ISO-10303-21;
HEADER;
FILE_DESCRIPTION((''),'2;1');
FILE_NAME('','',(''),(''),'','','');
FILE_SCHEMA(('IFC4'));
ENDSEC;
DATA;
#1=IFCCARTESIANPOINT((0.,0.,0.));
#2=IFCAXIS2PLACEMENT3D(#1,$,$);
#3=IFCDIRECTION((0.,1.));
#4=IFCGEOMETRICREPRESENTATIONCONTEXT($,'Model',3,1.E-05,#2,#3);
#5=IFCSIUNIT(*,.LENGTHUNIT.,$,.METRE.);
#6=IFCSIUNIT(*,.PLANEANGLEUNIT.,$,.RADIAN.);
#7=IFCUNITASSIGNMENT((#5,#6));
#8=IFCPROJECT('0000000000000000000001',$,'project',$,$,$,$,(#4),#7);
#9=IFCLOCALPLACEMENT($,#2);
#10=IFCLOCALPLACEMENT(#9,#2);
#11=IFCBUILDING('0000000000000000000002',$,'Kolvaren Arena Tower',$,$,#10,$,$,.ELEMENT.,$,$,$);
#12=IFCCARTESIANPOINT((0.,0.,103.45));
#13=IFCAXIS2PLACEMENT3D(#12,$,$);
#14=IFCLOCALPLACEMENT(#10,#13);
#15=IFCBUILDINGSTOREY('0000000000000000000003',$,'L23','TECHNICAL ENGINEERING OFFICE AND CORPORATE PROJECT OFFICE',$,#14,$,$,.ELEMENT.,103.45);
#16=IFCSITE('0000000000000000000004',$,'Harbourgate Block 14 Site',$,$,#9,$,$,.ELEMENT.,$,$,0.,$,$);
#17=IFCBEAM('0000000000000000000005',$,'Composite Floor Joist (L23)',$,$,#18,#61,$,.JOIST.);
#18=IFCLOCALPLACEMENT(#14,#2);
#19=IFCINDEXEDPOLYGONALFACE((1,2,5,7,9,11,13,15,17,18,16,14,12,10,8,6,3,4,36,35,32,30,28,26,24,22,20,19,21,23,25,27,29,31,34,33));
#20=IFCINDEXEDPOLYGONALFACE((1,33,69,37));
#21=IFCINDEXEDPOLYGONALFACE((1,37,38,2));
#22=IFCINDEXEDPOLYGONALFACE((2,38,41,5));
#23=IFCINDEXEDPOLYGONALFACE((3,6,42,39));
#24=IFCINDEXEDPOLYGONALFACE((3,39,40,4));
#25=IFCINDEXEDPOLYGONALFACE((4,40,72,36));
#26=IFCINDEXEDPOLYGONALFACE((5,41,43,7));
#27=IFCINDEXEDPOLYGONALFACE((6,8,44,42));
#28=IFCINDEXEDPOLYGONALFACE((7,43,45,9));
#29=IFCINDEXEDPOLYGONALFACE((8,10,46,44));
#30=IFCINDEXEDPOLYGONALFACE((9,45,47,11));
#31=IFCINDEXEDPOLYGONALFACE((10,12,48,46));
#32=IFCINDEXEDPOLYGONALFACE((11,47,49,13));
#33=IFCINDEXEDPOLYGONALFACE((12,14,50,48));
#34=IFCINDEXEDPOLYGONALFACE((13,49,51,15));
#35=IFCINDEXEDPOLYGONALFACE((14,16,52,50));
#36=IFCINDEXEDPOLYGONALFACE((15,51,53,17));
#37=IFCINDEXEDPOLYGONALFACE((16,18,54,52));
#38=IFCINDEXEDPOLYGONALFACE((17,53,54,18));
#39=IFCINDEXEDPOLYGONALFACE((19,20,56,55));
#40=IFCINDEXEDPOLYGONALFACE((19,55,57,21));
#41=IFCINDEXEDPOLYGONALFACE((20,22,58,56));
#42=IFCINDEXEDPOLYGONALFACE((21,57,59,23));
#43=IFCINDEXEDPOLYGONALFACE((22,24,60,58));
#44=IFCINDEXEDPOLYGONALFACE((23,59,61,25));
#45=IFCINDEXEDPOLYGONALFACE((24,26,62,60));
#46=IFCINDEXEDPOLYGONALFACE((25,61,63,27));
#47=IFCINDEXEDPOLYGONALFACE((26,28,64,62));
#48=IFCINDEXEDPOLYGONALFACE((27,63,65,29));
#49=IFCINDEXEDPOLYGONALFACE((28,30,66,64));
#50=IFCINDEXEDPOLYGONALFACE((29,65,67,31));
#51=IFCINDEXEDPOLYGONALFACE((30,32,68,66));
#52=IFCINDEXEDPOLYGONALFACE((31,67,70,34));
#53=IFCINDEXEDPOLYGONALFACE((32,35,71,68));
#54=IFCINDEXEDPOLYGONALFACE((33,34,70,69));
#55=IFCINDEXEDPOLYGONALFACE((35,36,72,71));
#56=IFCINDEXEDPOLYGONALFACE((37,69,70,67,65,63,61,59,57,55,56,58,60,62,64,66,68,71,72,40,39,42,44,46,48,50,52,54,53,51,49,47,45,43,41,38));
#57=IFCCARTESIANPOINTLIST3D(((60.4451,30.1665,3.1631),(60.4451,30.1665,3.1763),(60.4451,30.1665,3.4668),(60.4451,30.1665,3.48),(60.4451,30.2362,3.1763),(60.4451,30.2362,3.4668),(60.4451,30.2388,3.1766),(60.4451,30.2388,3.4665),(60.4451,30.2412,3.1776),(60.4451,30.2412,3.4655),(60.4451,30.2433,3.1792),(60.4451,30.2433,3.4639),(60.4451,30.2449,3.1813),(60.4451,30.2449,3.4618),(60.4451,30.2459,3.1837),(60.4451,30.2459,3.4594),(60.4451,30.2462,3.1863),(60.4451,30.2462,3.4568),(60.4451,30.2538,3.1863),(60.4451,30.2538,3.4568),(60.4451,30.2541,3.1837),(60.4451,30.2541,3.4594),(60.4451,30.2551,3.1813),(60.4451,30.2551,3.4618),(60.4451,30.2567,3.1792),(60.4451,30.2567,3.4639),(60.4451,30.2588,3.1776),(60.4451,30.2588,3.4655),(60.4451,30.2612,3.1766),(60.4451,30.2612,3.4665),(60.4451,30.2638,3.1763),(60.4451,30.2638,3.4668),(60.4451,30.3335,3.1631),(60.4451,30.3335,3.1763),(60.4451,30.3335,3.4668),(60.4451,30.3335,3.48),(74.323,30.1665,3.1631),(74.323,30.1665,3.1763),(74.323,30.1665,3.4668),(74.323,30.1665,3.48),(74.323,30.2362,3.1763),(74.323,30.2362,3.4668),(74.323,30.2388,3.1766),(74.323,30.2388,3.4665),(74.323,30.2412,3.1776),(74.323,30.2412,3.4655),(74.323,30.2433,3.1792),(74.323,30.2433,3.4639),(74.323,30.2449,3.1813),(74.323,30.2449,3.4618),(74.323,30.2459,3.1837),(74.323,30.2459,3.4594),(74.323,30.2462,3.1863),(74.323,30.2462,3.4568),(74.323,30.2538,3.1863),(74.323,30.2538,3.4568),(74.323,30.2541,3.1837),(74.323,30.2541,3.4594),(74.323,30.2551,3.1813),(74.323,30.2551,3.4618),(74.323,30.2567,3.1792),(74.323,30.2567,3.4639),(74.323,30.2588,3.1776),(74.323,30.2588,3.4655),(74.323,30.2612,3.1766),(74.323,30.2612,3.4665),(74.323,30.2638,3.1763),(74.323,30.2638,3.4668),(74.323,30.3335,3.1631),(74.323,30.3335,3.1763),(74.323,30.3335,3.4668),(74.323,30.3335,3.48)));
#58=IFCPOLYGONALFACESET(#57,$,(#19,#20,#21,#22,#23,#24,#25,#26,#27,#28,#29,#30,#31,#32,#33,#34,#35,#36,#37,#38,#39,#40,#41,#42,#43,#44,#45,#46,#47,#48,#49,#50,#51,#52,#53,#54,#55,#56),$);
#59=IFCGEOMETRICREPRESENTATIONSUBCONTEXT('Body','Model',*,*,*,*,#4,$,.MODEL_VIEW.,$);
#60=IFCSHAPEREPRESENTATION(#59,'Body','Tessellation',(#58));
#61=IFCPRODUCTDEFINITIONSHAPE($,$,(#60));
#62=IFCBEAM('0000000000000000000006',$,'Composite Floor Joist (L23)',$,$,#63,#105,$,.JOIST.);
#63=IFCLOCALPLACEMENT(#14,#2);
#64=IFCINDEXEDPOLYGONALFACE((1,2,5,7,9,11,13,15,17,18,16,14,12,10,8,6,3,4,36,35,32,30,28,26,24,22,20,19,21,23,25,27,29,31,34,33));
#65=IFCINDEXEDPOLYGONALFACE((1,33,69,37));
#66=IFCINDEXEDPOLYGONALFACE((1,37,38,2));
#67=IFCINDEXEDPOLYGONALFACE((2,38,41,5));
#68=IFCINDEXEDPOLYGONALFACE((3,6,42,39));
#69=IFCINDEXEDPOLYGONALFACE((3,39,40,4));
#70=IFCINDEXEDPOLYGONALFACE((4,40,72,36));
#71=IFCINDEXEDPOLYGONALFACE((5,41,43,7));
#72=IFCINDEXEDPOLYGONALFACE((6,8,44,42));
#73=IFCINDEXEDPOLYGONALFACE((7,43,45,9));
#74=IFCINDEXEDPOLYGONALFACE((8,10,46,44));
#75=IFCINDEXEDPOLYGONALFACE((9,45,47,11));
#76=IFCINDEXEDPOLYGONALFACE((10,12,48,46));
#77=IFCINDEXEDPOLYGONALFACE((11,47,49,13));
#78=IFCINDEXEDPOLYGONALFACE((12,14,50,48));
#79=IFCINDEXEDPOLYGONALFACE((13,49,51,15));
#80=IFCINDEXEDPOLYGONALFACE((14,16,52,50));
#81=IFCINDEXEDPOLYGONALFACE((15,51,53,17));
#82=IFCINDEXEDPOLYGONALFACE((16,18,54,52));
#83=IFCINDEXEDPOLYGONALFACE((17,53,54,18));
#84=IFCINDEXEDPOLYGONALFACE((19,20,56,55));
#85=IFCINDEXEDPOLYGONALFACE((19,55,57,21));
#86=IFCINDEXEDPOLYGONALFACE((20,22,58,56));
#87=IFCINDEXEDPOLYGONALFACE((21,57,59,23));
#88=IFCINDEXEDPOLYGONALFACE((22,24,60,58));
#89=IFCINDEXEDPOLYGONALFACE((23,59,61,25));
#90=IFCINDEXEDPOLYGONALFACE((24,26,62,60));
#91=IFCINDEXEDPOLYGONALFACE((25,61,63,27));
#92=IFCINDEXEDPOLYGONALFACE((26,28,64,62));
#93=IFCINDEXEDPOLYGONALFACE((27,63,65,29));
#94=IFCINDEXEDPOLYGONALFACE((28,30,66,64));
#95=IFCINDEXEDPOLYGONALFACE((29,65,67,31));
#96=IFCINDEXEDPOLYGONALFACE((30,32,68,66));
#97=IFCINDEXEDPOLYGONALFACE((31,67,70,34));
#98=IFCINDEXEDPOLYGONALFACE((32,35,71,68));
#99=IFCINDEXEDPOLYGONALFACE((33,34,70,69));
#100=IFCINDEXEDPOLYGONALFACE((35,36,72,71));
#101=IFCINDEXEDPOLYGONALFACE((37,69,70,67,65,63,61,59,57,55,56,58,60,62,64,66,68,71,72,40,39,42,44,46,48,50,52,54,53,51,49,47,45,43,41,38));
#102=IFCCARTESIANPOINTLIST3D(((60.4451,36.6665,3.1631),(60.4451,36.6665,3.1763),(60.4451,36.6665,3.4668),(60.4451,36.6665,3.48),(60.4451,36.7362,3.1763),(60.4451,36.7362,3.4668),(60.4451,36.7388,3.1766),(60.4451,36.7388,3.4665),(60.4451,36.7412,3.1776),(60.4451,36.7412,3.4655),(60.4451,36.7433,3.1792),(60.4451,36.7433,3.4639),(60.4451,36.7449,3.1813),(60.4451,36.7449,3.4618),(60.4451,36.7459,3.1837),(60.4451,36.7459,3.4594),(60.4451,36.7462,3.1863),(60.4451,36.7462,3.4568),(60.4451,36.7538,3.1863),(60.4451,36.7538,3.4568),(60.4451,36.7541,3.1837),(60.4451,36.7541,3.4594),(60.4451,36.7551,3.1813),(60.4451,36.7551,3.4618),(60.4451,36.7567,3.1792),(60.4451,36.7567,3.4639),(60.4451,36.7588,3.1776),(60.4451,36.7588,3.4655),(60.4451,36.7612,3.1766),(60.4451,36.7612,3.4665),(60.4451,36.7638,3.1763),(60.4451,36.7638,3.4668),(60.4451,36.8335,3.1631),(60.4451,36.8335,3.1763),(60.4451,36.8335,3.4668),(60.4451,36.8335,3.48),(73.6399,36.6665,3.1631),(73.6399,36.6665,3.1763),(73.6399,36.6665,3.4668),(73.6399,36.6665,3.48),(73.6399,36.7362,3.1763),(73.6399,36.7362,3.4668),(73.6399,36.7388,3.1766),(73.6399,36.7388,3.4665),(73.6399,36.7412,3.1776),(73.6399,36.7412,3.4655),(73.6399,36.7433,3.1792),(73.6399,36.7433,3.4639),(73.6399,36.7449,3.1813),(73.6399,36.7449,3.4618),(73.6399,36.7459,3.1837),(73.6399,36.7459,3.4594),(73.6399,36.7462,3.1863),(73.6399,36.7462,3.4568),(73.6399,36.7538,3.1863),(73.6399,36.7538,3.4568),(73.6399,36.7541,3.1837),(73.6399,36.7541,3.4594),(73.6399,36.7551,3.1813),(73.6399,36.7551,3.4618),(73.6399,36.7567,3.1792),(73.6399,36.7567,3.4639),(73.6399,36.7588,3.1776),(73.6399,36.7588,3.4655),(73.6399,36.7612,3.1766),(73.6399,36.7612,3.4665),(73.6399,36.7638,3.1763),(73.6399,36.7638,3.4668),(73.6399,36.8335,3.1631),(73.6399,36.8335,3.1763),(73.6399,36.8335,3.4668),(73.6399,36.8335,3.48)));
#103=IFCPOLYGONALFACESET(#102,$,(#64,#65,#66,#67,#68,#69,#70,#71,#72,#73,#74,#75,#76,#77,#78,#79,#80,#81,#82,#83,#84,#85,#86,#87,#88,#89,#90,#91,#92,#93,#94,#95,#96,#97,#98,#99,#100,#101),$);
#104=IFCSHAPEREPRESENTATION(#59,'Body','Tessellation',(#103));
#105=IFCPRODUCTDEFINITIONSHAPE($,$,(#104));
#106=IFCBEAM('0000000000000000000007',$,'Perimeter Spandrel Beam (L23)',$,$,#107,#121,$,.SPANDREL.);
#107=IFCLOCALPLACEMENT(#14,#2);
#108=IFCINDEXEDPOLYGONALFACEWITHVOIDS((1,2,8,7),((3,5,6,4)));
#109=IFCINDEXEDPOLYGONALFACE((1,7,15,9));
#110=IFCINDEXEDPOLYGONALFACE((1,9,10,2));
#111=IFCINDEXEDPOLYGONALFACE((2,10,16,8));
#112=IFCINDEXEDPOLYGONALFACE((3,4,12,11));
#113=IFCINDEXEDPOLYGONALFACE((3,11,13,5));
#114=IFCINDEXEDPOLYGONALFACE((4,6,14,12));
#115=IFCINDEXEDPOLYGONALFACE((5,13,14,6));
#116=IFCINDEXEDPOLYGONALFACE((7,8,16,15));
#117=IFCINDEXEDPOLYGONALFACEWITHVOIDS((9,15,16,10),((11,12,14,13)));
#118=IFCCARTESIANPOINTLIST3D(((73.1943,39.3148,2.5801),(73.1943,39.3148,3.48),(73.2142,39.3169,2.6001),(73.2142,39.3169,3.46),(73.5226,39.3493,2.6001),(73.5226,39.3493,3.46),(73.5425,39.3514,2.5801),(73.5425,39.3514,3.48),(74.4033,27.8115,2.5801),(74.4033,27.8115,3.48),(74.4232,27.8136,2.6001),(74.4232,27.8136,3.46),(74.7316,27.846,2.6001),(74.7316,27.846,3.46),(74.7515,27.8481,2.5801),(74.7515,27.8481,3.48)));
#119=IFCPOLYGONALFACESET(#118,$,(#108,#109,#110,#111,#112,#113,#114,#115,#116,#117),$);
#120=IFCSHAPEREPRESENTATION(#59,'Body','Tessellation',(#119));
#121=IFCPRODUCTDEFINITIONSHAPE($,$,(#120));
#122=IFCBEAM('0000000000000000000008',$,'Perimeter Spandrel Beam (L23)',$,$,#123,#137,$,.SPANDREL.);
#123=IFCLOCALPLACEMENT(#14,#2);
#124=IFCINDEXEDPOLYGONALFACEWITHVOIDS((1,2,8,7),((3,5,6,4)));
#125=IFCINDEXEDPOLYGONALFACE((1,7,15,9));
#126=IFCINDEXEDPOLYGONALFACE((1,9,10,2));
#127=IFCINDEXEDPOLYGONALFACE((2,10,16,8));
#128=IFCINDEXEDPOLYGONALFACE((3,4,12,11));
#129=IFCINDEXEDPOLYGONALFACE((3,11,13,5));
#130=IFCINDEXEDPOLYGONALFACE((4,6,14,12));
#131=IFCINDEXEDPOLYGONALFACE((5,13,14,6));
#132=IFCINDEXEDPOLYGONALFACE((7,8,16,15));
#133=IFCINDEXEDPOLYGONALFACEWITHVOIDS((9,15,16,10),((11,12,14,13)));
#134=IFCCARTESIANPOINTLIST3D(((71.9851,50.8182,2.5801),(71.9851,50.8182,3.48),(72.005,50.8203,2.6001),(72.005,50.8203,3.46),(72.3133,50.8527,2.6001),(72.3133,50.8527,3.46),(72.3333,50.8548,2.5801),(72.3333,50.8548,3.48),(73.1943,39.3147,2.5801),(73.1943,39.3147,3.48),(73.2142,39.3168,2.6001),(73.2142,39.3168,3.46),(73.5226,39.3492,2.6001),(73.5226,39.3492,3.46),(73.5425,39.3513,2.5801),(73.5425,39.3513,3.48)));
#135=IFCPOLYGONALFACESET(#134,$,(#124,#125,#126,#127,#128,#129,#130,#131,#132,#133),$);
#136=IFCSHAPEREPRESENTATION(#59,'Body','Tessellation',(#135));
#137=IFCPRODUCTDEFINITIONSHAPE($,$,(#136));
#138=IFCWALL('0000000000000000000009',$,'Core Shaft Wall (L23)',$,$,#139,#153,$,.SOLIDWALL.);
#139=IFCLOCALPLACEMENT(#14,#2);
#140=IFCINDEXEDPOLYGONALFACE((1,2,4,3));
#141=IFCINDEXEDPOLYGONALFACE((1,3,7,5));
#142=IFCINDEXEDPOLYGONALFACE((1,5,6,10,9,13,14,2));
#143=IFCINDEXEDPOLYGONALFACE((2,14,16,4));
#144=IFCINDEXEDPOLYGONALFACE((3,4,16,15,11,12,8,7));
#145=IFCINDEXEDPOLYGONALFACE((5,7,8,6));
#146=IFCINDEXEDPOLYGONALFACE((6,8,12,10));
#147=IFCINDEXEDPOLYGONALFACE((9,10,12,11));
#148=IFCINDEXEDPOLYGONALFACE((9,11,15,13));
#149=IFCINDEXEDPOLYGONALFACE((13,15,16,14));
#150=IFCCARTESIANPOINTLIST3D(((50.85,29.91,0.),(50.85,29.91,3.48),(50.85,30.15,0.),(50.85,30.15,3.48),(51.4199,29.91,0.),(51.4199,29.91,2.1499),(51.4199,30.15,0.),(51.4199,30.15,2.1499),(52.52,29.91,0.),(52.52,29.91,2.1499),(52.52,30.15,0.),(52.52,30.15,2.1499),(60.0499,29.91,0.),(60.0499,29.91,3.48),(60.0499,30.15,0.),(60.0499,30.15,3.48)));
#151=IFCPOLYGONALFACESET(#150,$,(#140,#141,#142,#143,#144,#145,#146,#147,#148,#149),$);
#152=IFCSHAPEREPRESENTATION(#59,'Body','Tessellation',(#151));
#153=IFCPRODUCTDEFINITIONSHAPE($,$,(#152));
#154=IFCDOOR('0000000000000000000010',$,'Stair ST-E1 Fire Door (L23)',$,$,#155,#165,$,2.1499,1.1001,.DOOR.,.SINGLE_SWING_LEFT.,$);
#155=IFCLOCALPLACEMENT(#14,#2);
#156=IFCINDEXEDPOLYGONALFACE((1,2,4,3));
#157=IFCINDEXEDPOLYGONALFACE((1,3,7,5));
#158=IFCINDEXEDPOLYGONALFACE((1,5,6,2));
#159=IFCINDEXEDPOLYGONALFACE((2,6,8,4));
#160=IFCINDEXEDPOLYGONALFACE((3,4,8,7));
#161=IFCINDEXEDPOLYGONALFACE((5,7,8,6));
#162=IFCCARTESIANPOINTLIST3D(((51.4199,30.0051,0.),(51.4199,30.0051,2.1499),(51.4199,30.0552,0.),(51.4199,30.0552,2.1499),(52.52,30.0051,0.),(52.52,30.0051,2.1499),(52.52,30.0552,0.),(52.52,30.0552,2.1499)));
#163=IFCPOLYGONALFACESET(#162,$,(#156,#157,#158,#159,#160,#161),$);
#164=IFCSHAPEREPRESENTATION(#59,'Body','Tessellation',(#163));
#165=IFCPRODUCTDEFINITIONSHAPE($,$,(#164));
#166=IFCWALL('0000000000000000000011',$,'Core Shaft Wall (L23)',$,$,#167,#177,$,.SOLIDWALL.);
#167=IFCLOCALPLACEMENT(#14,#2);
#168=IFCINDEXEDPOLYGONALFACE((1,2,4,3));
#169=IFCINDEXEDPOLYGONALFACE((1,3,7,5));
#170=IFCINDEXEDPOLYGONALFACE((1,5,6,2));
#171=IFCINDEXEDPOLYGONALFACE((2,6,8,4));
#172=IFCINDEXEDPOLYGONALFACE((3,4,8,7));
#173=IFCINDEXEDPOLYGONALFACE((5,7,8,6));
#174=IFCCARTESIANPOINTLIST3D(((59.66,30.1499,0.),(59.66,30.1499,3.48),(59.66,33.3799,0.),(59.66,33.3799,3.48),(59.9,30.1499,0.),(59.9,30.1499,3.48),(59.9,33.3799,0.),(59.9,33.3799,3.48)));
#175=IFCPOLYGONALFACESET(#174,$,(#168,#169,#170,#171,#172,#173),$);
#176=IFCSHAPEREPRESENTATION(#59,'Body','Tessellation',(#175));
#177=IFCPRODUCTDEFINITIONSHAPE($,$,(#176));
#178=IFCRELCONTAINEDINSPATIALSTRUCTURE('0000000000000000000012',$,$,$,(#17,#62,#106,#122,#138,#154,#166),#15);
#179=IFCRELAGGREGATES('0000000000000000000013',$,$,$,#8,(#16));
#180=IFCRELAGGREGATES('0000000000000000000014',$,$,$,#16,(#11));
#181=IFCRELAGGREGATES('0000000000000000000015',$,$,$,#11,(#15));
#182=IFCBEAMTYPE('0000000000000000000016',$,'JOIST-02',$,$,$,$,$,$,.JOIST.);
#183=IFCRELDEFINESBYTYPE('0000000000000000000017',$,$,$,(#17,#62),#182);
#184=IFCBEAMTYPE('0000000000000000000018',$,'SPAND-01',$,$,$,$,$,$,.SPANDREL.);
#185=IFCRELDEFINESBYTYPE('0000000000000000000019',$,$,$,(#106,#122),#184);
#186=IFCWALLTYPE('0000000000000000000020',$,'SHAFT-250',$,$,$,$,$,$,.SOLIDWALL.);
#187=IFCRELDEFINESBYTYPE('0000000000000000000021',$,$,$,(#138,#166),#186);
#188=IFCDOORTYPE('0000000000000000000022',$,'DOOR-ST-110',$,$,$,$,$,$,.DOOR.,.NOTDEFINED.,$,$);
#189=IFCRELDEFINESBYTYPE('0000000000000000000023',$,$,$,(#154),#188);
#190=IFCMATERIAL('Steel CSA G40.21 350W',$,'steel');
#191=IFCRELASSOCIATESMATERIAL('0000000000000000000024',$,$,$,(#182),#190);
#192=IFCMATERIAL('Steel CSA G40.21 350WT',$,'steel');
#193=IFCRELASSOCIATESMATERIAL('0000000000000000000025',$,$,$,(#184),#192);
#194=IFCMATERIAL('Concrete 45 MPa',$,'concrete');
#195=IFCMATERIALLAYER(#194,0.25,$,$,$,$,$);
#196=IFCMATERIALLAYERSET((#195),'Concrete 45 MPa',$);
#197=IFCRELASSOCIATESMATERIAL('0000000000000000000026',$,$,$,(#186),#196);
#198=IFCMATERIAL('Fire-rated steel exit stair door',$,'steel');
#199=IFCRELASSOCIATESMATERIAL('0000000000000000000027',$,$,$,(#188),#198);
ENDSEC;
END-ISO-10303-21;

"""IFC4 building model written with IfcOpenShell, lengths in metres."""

from ifc_helpers import new_model, si_unit, direction, frame, frame_2d, origin, origin_2d, place, context, subcontext, project, spatial, rectangle, hollow_rectangle, i_section, extrude, material, layer, layer_set, material_profile, profile_set, type_object, element, fill, save


model = new_model("IFC4")

# Units and contexts
model_context = context("Model", 3, precision=1e-05, world=origin(), true_north=direction((0.0, 1.0)))
body_context = subcontext(model_context, "Body", "Model", "MODEL_VIEW")
ifc_project = project(units=[si_unit("LENGTHUNIT", "METRE"), si_unit("PLANEANGLEUNIT", "RADIAN")], contexts=[model_context])

# Site, building, storey
site_placement = place(None, origin())
site = spatial("IfcSite", under=ifc_project, at=site_placement, Name="Harbourgate Block 14 Site", CompositionType="ELEMENT", RefElevation=0.0)
building_placement = place(site_placement, origin())
building = spatial("IfcBuilding", under=site, at=building_placement, Name="Kolvaren Arena Tower", CompositionType="ELEMENT")
storey_placement = place(building_placement, frame((0.0, 0.0, 103.45)))
storey = spatial("IfcBuildingStorey", under=building, at=storey_placement, Name="L23", Description="TECHNICAL ENGINEERING OFFICE AND CORPORATE PROJECT OFFICE", CompositionType="ELEMENT", Elevation=103.45)

# Beams
ifc_material_1 = material(Name="Steel CSA G40.21 350W", Category="steel")
ifc_material_profile_1 = material_profile(ifc_material_1, i_section(OverallWidth=0.167, OverallDepth=0.3169, WebThickness=0.0076, FlangeThickness=0.0132, FilletRadius=0.01, at=origin_2d()), Name="W310x52")
ifc_profile_set_1 = profile_set([ifc_material_profile_1], Name="Steel CSA G40.21 350W")
beam_type_1 = type_object("IfcBeamType", Name="JOIST-02", PredefinedType="JOIST", material=ifc_profile_set_1)
beam_1_placement = place(storey_placement, frame((60.4451, 30.25, 3.3215), z_axis=(1.0, 0.0, 0.0), x_axis=(0.0, 1.0, 0.0)))
element("IfcBeam", 1, at=beam_1_placement, inside=storey, type_object=beam_type_1, Name="Composite Floor Joist (L23)", PredefinedType="JOIST", context=body_context, shape_type="SweptSolid", body=[
    extrude(i_section(OverallWidth=0.167, OverallDepth=0.3169, WebThickness=0.0076, FlangeThickness=0.0132, FilletRadius=0.01, at=origin_2d()), origin(), (0.0, 0.0, 1.0), 13.8779),
])
beam_2_placement = place(storey_placement, frame((60.4451, 36.75, 3.3215), z_axis=(1.0, 0.0, 0.0), x_axis=(0.0, 1.0, 0.0)))
element("IfcBeam", 2, at=beam_2_placement, inside=storey, type_object=beam_type_1, Name="Composite Floor Joist (L23)", PredefinedType="JOIST", context=body_context, shape_type="SweptSolid", body=[
    extrude(i_section(OverallWidth=0.167, OverallDepth=0.3169, WebThickness=0.0076, FlangeThickness=0.0132, FilletRadius=0.01, at=origin_2d()), origin(), (0.0, 0.0, 1.0), 13.1948),
])
ifc_material_2 = material(Name="Steel CSA G40.21 350WT", Category="steel")
ifc_material_profile_2 = material_profile(ifc_material_2, hollow_rectangle(XDim=0.3501, YDim=0.8999, WallThickness=0.02, at=origin_2d()), Name="HSS 900x350x20")
ifc_profile_set_2 = profile_set([ifc_material_profile_2], Name="Steel CSA G40.21 350WT")
beam_type_2 = type_object("IfcBeamType", Name="SPAND-01", PredefinedType="SPANDREL", material=ifc_profile_set_2)
beam_3_placement = place(storey_placement, frame((74.5774, 27.8298, 3.03), z_axis=(-0.104524, 0.994522, 0.0), x_axis=(-0.994522, -0.104524, 0.0)))
element("IfcBeam", 3, at=beam_3_placement, inside=storey, type_object=beam_type_2, Name="Perimeter Spandrel Beam (L23)", PredefinedType="SPANDREL", context=body_context, shape_type="SweptSolid", body=[
    extrude(hollow_rectangle(XDim=0.3501, YDim=0.8999, WallThickness=0.02, at=origin_2d()), origin(), (0.0, 0.0, 1.0), 11.5667),
])
beam_4_placement = place(storey_placement, frame((73.3684, 39.333, 3.03), z_axis=(-0.104543, 0.99452, 0.0), x_axis=(-0.99452, -0.104543, 0.0)))
element("IfcBeam", 4, at=beam_4_placement, inside=storey, type_object=beam_type_2, Name="Perimeter Spandrel Beam (L23)", PredefinedType="SPANDREL", context=body_context, shape_type="SweptSolid", body=[
    extrude(hollow_rectangle(XDim=0.3501, YDim=0.8999, WallThickness=0.02, at=origin_2d()), origin(), (0.0, 0.0, 1.0), 11.5669),
])

# Wall, opening, door
ifc_material_3 = material(Name="Concrete 45 MPa", Category="concrete")
ifc_layer = layer(ifc_material_3, 0.25)
ifc_layer_set = layer_set([ifc_layer], Name="Concrete 45 MPa")
wall_type = type_object("IfcWallType", Name="SHAFT-250", PredefinedType="SOLIDWALL", material=ifc_layer_set)
wall_1_placement = place(storey_placement, frame((60.05, 30.03, 0.0), z_axis=(0.0, 0.0, 1.0), x_axis=(-1.0, 0.0, 0.0)))
wall_1 = element("IfcWall", 5, at=wall_1_placement, inside=storey, type_object=wall_type, Name="Core Shaft Wall (L23)", PredefinedType="SOLIDWALL", context=body_context, shape_type="SweptSolid", body=[
    extrude(rectangle(XDim=9.2, YDim=0.24, at=frame_2d((4.6001, 0.0))), origin(), (0.0, 0.0, 1.0), 3.48),
])
opening_1_placement = place(wall_1_placement, frame((7.53, 0.0, 0.0)))
opening_1 = element("IfcOpeningElement", 6, at=opening_1_placement, cuts=wall_1, PredefinedType="OPENING", context=body_context, shape_type="SweptSolid", body=[
    extrude(rectangle(XDim=1.1001, YDim=2.1499, at=frame_2d((0.55, 1.075))), frame((0.0, 0.1299, 0.0), z_axis=(0.0, -1.0, 0.0), x_axis=(1.0, 0.0, 0.0)), (0.0, 0.0, 1.0), 0.26),
])
ifc_material_4 = material(Name="Fire-rated steel exit stair door", Category="steel")
door_type = type_object("IfcDoorType", Name="DOOR-ST-110", OperationType="NOTDEFINED", PredefinedType="DOOR", material=ifc_material_4)
door_1_placement = place(opening_1_placement, origin())
door_1 = element("IfcDoor", 7, at=door_1_placement, inside=storey, type_object=door_type, Name="Stair ST-E1 Fire Door (L23)", OperationType="SINGLE_SWING_LEFT", OverallHeight=2.1499, OverallWidth=1.1001, PredefinedType="DOOR", context=body_context, shape_type="SweptSolid", body=[
    extrude(rectangle(XDim=1.1001, YDim=2.1499, at=frame_2d((0.55, 1.075))), frame((0.0, 0.0249, 0.0), z_axis=(0.0, -1.0, 0.0), x_axis=(1.0, 0.0, 0.0)), (0.0, 0.0, 1.0), 0.05),
])
fill(opening_1, door_1)

# Wall
wall_2_placement = place(storey_placement, frame((59.78, 30.1499, 0.0), z_axis=(0.0, 0.0, 1.0), x_axis=(0.0, 1.0, 0.0)))
element("IfcWall", 8, at=wall_2_placement, inside=storey, type_object=wall_type, Name="Core Shaft Wall (L23)", PredefinedType="SOLIDWALL", context=body_context, shape_type="SweptSolid", body=[
    extrude(rectangle(XDim=3.23, YDim=0.24, at=frame_2d((1.615, 0.0))), origin(), (0.0, 0.0, 1.0), 3.48),
])

save(model, "model.ifc")
